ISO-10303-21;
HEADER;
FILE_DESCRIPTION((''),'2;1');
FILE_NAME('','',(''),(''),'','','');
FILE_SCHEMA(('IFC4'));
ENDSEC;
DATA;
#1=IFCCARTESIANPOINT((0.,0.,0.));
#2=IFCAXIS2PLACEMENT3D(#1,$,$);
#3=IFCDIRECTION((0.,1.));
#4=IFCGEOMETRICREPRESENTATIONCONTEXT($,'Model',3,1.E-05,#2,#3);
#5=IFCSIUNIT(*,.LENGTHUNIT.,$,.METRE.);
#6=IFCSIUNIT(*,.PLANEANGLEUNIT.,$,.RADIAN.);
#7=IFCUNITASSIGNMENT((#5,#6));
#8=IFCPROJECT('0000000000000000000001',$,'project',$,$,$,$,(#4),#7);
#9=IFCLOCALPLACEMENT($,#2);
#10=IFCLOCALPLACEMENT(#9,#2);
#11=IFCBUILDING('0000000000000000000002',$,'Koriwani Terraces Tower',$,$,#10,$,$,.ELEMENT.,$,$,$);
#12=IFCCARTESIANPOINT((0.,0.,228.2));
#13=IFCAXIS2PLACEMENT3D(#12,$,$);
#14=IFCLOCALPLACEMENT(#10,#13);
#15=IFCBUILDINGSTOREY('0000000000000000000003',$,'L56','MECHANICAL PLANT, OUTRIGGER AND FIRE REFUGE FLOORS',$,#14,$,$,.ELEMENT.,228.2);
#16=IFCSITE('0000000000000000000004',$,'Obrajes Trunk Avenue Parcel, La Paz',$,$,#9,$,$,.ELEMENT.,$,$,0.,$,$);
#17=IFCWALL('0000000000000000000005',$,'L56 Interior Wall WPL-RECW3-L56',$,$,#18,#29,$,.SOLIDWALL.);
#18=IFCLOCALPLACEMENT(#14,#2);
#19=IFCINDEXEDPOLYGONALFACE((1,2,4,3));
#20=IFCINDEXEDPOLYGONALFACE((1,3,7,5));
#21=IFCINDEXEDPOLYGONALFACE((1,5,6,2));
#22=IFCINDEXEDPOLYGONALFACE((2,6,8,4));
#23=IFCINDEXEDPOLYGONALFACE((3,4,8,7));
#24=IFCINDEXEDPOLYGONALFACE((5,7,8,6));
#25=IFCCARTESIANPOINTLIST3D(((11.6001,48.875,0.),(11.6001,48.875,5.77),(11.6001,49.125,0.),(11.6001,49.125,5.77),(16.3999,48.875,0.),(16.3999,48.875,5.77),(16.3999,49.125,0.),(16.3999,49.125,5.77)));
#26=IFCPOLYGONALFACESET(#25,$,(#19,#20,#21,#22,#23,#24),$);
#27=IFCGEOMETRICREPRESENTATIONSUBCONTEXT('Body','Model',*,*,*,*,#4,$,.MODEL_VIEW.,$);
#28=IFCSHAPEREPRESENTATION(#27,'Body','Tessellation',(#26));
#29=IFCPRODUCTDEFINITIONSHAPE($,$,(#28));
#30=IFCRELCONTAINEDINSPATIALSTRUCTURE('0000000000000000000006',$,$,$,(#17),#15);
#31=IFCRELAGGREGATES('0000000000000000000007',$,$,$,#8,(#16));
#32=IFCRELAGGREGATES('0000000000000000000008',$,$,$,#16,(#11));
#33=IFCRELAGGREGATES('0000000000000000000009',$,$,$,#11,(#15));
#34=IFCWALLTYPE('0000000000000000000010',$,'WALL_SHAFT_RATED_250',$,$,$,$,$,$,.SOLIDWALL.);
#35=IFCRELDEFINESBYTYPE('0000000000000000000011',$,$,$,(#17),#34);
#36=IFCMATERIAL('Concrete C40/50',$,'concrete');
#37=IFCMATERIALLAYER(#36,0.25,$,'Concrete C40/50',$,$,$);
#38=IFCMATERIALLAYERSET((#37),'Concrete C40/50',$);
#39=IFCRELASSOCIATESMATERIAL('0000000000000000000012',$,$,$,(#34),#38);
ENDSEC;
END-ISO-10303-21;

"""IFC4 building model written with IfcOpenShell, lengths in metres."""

from ifc_helpers import new_model, si_unit, direction, frame, frame_2d, origin, place, context, subcontext, project, spatial, rectangle, extrude, material, layer, layer_set, type_object, element, save


model = new_model("IFC4")

# Units and contexts
model_context = context("Model", 3, precision=1e-05, world=origin(), true_north=direction((0.0, 1.0)))
body_context = subcontext(model_context, "Body", "Model", "MODEL_VIEW")
ifc_project = project(units=[si_unit("LENGTHUNIT", "METRE"), si_unit("PLANEANGLEUNIT", "RADIAN")], contexts=[model_context])

# Site, building, storey
site_placement = place(None, origin())
site = spatial("IfcSite", under=ifc_project, at=site_placement, Name="Obrajes Trunk Avenue Parcel, La Paz", CompositionType="ELEMENT", RefElevation=0.0)
building_placement = place(site_placement, origin())
building = spatial("IfcBuilding", under=site, at=building_placement, Name="Koriwani Terraces Tower", CompositionType="ELEMENT")
storey_placement = place(building_placement, frame((0.0, 0.0, 228.2)))
storey = spatial("IfcBuildingStorey", under=building, at=storey_placement, Name="L56", Description="MECHANICAL PLANT, OUTRIGGER AND FIRE REFUGE FLOORS", CompositionType="ELEMENT", Elevation=228.2)

# Shared definitions
ifc_material_1 = material(Name="Concrete C40/50", Category="concrete")

# Wall
ifc_layer_1 = layer(ifc_material_1, 0.25, Name="Concrete C40/50")
ifc_layer_set_1 = layer_set([ifc_layer_1], Name="Concrete C40/50")
wall_type_1 = type_object("IfcWallType", Name="WALL_SHAFT_RATED_250", PredefinedType="SOLIDWALL", material=ifc_layer_set_1)
wall_1_placement = place(storey_placement, frame((11.6001, 49.0, 0.0), z_axis=(0.0, 0.0, 1.0), x_axis=(1.0, 0.0, 0.0)))
element("IfcWall", 1, at=wall_1_placement, inside=storey, type_object=wall_type_1, Name="L56 Interior Wall WPL-RECW3-L56", PredefinedType="SOLIDWALL", context=body_context, shape_type="SweptSolid", body=[
    extrude(rectangle(XDim=4.7998, YDim=0.25, at=frame_2d((2.3999, 0.0))), origin(), (0.0, 0.0, 1.0), 5.77),
])

save(model, "model.ifc")
